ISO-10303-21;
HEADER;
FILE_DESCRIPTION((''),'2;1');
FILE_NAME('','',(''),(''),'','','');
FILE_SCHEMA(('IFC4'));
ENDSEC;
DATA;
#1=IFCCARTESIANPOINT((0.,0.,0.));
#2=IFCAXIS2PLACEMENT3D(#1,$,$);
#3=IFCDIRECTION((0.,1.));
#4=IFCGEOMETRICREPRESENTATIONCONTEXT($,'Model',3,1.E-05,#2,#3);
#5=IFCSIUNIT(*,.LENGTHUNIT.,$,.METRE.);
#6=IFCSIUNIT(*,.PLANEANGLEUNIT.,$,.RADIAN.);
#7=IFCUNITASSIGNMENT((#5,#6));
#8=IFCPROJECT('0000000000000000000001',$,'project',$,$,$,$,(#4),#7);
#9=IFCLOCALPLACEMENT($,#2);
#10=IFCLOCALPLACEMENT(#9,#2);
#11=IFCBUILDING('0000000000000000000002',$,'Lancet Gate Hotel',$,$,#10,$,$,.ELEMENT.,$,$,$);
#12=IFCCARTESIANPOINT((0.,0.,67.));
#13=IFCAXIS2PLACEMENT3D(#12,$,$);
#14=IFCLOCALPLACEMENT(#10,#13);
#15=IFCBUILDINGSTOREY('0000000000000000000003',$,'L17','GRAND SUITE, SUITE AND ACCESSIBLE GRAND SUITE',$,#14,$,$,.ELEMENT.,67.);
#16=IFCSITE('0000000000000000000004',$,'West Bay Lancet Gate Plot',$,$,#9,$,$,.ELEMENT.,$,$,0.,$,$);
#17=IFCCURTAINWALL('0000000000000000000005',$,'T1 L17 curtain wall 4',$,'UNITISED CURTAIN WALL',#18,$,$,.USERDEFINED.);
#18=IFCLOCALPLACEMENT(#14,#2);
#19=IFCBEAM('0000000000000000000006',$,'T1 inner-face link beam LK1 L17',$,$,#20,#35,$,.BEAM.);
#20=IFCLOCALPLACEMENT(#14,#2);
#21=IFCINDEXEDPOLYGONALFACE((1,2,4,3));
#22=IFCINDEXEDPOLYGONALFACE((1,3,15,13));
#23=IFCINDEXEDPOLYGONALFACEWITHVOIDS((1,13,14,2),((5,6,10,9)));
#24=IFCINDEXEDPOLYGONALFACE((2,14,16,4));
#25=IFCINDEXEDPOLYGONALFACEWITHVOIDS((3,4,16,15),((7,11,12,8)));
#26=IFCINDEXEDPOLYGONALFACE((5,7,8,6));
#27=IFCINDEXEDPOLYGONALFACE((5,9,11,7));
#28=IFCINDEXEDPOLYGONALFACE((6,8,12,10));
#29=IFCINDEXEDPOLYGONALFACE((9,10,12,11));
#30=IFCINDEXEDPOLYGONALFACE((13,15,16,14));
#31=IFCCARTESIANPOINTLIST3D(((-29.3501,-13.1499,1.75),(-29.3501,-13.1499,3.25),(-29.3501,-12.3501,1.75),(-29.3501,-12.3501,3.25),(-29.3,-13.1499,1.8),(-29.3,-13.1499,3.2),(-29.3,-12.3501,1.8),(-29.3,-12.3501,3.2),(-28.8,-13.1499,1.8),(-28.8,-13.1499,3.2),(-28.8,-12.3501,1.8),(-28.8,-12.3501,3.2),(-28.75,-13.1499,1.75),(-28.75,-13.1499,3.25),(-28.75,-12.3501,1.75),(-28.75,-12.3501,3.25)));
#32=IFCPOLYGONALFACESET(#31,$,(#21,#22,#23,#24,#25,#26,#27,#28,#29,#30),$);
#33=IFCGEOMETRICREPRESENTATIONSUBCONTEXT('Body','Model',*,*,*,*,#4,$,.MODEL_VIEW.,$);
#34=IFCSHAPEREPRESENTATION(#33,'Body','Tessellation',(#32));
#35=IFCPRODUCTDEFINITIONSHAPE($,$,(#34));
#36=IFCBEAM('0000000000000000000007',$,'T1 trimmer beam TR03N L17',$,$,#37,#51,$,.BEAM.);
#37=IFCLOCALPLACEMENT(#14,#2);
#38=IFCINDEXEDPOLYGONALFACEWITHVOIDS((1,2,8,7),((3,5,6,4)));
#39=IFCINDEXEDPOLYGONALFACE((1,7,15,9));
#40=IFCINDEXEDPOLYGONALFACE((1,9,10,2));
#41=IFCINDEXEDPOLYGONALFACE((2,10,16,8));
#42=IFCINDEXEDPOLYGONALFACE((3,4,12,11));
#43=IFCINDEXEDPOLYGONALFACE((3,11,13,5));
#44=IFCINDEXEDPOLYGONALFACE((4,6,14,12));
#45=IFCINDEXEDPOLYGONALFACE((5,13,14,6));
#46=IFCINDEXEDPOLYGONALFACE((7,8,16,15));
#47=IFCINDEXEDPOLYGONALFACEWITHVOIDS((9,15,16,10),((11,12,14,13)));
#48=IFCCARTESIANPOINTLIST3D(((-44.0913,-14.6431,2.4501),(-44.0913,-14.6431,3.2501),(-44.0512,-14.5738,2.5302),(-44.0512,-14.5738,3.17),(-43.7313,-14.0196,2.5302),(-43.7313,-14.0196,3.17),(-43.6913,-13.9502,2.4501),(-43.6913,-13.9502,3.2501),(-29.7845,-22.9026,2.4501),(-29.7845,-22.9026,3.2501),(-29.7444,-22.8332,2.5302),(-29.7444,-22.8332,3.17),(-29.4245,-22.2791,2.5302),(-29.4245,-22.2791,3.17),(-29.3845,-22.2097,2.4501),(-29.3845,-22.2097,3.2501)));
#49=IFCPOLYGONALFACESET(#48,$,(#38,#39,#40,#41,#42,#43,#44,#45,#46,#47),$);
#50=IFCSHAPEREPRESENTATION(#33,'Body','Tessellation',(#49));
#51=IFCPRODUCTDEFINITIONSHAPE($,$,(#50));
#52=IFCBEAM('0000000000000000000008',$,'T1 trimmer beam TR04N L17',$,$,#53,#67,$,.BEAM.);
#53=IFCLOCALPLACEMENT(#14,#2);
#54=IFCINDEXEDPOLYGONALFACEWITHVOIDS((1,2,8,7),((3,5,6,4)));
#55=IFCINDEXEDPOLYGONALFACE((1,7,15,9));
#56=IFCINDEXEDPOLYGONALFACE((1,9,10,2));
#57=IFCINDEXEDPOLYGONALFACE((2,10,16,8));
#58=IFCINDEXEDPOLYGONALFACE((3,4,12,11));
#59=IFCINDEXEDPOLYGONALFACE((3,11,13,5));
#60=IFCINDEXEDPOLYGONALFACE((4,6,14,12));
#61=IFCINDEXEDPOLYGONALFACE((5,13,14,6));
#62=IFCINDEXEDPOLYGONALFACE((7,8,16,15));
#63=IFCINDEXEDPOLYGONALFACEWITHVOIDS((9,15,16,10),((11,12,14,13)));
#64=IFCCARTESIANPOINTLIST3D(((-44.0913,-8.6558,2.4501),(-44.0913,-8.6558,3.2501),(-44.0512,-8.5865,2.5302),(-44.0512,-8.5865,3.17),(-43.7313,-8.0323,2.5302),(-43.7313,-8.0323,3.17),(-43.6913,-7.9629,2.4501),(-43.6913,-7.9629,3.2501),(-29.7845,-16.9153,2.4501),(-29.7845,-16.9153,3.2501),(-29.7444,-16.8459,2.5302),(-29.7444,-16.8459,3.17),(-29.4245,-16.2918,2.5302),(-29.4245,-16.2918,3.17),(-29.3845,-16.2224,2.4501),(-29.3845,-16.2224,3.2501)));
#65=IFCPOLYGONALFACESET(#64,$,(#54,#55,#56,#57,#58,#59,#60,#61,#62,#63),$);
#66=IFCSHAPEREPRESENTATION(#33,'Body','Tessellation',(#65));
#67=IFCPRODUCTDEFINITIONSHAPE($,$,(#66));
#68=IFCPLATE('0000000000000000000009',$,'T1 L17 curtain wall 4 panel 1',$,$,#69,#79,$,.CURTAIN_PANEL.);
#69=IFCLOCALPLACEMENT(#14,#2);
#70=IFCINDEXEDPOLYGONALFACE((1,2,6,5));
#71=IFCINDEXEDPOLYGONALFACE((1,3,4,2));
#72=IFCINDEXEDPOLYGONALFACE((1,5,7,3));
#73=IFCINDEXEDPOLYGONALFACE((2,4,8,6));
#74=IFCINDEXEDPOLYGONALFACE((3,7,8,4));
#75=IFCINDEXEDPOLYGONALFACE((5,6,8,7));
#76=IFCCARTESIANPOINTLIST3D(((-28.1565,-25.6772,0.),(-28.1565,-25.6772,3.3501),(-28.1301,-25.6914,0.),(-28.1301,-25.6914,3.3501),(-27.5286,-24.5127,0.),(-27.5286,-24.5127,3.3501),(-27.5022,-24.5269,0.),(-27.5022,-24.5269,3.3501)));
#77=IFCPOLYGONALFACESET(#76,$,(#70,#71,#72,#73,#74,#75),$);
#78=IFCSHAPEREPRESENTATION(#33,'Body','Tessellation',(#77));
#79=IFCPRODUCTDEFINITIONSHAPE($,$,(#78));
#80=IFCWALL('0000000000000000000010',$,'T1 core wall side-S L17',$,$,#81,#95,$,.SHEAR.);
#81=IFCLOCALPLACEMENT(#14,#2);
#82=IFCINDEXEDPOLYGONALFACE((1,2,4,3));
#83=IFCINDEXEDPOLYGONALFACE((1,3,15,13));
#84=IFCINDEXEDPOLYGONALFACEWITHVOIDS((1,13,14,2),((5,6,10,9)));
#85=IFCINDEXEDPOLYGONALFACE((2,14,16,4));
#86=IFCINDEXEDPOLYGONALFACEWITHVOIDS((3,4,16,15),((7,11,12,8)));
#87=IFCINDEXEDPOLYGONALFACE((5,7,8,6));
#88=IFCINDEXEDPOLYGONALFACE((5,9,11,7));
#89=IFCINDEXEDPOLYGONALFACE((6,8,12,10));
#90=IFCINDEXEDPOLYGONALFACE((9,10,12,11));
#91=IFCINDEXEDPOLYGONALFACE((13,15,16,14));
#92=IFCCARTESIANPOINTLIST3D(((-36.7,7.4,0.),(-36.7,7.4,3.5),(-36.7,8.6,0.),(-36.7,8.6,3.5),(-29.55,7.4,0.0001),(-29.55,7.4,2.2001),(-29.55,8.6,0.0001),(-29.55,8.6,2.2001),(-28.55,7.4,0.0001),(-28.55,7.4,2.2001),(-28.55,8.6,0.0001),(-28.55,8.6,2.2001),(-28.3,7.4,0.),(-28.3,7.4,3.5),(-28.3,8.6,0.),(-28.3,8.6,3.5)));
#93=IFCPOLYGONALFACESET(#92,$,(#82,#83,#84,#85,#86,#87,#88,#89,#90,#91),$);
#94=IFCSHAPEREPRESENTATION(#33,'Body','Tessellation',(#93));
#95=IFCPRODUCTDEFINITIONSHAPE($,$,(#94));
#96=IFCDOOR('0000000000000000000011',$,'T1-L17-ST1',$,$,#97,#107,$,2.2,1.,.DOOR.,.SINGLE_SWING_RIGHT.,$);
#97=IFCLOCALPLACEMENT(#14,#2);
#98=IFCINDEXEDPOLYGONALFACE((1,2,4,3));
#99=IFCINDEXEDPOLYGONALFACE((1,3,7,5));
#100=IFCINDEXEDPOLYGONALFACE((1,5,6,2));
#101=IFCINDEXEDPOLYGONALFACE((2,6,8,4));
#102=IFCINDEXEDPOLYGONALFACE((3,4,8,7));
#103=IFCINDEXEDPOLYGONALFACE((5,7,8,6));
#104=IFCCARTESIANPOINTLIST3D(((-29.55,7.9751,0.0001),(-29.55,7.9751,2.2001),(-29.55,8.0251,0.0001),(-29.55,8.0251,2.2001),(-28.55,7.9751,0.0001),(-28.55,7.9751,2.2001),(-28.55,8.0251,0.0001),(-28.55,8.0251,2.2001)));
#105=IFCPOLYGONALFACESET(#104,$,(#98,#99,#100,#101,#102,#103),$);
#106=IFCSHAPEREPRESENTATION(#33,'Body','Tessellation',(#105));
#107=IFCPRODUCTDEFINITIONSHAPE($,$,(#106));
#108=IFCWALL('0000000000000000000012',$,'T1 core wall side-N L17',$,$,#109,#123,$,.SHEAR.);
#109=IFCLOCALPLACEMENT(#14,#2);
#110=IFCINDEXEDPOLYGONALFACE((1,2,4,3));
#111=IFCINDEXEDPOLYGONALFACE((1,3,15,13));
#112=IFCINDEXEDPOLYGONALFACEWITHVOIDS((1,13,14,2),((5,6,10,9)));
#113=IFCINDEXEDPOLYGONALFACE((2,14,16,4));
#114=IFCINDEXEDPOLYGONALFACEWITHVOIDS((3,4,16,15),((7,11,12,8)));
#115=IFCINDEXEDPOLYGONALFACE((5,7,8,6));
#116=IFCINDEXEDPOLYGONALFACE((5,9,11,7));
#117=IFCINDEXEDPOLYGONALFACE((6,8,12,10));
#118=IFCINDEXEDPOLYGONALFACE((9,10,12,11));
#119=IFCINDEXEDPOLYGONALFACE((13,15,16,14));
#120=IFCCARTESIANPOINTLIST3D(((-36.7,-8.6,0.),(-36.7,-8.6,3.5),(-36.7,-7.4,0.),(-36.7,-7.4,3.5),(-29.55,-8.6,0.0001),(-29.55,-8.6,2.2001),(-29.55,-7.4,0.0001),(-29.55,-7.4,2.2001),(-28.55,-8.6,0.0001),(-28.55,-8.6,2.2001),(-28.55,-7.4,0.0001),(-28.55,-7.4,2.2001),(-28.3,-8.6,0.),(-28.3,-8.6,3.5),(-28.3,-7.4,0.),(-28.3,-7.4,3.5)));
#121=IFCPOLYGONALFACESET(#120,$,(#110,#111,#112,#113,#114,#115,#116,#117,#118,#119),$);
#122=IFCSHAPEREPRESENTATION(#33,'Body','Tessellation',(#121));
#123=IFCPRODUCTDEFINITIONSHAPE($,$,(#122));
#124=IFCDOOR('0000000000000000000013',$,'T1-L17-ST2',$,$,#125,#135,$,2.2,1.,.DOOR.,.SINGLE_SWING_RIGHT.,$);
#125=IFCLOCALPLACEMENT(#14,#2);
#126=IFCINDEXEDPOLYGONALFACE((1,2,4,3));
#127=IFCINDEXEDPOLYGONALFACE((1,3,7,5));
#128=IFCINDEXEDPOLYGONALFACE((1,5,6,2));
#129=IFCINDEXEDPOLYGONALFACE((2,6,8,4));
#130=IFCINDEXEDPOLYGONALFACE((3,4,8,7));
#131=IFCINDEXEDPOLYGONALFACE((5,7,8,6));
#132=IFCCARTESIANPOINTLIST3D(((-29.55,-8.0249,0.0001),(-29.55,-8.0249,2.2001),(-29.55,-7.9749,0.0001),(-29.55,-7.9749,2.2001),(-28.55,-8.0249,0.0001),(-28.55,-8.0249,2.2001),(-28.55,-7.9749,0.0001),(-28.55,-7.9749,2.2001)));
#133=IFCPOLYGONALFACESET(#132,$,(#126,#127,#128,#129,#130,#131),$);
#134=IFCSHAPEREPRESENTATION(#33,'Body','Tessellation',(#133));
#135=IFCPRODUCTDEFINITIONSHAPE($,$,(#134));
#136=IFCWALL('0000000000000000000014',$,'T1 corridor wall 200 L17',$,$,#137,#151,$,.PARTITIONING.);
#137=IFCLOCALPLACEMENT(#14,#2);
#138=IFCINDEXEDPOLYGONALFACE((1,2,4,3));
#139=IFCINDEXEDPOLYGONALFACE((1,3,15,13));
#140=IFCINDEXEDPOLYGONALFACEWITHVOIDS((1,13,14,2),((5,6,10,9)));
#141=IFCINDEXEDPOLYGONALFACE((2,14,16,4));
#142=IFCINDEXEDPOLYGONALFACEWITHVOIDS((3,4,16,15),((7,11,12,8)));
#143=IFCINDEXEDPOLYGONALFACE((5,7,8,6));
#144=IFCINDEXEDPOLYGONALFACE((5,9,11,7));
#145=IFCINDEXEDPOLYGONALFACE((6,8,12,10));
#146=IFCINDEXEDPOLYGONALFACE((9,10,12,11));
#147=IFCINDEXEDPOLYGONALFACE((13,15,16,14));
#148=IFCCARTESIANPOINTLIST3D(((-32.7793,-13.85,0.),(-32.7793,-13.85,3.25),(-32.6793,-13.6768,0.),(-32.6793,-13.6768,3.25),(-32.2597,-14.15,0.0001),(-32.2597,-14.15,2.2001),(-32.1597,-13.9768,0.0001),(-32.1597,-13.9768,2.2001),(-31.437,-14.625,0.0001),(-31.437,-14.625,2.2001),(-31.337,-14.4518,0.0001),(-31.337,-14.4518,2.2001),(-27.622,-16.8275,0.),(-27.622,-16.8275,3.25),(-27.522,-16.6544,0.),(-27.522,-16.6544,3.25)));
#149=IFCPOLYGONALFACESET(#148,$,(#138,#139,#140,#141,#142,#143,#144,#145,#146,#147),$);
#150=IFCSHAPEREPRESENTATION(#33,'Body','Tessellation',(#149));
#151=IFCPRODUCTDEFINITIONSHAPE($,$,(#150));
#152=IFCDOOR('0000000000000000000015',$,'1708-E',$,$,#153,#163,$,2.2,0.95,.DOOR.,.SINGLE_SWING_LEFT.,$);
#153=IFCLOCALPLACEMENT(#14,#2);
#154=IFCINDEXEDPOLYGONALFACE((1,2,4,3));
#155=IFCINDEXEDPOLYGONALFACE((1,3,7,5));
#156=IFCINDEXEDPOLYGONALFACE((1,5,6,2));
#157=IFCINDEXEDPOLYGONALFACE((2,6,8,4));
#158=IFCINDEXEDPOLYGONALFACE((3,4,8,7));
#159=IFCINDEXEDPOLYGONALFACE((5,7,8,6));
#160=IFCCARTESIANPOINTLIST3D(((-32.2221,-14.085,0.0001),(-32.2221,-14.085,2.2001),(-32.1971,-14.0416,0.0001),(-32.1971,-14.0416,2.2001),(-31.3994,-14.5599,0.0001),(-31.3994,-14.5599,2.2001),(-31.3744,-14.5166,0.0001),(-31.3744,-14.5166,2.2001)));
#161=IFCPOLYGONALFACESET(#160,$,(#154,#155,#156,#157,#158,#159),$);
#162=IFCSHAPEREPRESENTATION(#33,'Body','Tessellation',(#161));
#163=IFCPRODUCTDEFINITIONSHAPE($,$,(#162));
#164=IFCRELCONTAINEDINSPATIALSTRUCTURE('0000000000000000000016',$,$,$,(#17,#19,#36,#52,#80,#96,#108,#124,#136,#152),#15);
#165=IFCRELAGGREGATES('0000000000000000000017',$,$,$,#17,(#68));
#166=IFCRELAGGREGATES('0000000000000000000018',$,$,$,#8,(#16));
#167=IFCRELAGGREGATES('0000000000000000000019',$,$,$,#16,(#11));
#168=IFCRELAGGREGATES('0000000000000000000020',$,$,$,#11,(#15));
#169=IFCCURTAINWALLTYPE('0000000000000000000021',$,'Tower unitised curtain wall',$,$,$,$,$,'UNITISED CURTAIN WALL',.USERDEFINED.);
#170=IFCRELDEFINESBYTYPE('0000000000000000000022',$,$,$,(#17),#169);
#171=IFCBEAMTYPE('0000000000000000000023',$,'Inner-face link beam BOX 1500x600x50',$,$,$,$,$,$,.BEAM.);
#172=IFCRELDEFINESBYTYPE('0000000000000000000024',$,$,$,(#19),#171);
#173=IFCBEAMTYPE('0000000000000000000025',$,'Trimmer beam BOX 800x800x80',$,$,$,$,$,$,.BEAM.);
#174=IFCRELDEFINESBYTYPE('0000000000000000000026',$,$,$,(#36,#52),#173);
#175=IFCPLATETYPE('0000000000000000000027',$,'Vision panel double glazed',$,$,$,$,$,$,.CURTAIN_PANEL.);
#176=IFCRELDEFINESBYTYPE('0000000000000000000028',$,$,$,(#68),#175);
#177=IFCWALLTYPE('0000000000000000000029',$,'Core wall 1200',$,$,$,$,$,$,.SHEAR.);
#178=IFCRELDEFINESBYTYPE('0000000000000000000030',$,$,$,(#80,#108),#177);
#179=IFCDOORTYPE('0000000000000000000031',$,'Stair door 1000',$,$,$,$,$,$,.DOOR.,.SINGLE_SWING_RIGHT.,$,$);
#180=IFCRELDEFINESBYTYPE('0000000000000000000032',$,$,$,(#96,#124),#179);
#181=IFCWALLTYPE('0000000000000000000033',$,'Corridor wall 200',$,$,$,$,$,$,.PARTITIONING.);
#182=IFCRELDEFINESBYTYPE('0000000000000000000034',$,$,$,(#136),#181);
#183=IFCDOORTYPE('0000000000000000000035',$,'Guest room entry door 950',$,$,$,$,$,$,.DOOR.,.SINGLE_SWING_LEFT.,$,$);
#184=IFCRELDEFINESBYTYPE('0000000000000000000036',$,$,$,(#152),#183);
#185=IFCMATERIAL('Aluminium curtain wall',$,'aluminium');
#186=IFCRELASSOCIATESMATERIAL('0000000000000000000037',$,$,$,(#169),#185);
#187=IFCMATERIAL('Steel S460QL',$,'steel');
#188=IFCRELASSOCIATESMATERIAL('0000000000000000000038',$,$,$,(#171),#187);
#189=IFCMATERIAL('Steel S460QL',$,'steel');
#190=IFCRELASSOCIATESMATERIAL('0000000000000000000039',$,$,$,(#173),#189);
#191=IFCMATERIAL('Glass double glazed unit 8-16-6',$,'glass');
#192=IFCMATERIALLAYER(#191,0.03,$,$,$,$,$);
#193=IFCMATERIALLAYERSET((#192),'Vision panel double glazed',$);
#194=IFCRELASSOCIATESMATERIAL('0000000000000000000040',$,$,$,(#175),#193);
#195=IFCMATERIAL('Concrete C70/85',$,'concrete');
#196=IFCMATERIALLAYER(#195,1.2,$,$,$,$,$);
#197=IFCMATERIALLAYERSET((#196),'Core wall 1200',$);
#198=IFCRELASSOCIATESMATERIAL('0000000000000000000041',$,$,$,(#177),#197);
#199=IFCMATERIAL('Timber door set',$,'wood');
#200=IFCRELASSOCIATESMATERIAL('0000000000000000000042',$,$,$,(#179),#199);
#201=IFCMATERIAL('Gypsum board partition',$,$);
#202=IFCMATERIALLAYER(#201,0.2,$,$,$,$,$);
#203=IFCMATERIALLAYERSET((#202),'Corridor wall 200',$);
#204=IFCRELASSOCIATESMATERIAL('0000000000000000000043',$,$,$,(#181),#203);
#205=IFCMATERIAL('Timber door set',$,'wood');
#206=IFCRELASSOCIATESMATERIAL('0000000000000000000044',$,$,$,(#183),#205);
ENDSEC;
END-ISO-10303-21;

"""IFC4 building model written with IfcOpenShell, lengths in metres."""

from ifc_helpers import new_model, si_unit, direction, frame, frame_2d, origin, origin_2d, place, context, subcontext, project, spatial, rectangle, hollow_rectangle, extrude, material, layer, layer_set, material_profile, profile_set, type_object, element, fill, aggregate, save


model = new_model("IFC4")

# Units and contexts
model_context = context("Model", 3, precision=1e-05, world=origin(), true_north=direction((0.0, 1.0)))
body_context = subcontext(model_context, "Body", "Model", "MODEL_VIEW")
ifc_project = project(units=[si_unit("LENGTHUNIT", "METRE"), si_unit("PLANEANGLEUNIT", "RADIAN")], contexts=[model_context])

# Site, building, storey
site_placement = place(None, origin())
site = spatial("IfcSite", under=ifc_project, at=site_placement, Name="West Bay Lancet Gate Plot", CompositionType="ELEMENT", RefElevation=0.0)
building_placement = place(site_placement, origin())
building = spatial("IfcBuilding", under=site, at=building_placement, Name="Lancet Gate Hotel", CompositionType="ELEMENT")
storey_placement = place(building_placement, frame((0.0, 0.0, 67.0)))
storey = spatial("IfcBuildingStorey", under=building, at=storey_placement, Name="L17", Description="GRAND SUITE, SUITE AND ACCESSIBLE GRAND SUITE", CompositionType="ELEMENT", Elevation=67.0)

# Shared definitions
ifc_material_1 = material(Name="Aluminium curtain wall", Category="aluminium")
curtain_wall_type = type_object("IfcCurtainWallType", Name="Tower unitised curtain wall", ElementType="UNITISED CURTAIN WALL", PredefinedType="USERDEFINED", material=ifc_material_1)

# Curtain wall
curtain_wall_1_placement = place(storey_placement, origin())
curtain_wall_1 = element("IfcCurtainWall", 1, at=curtain_wall_1_placement, inside=storey, type_object=curtain_wall_type, Name="T1 L17 curtain wall 4", ObjectType="UNITISED CURTAIN WALL", PredefinedType="USERDEFINED")

# Beams
ifc_material_2 = material(Name="Steel S460QL", Category="steel")
ifc_material_profile_1 = material_profile(ifc_material_2, hollow_rectangle(XDim=0.6001, YDim=1.5, WallThickness=0.05, at=origin_2d()), Name="BOX 1500x600x50")
ifc_profile_set_1 = profile_set([ifc_material_profile_1], Name="Steel S460QL")
beam_type_1 = type_object("IfcBeamType", Name="Inner-face link beam BOX 1500x600x50", PredefinedType="BEAM", material=ifc_profile_set_1)
beam_1_placement = place(storey_placement, frame((-29.05, -12.3501, 2.5), z_axis=(0.0, -1.0, 0.0), x_axis=(1.0, 0.0, 0.0)))
element("IfcBeam", 2, at=beam_1_placement, inside=storey, type_object=beam_type_1, Name="T1 inner-face link beam LK1 L17", PredefinedType="BEAM", context=body_context, shape_type="SweptSolid", body=[
    extrude(hollow_rectangle(XDim=0.6001, YDim=1.5, WallThickness=0.05, at=origin_2d()), origin(), (0.0, 0.0, 1.0), 0.7998),
])
ifc_material_3 = material(Name="Steel S460QL", Category="steel")
ifc_material_profile_2 = material_profile(ifc_material_3, hollow_rectangle(XDim=0.8, YDim=0.8, WallThickness=0.0801, at=origin_2d()), Name="BOX 800x800x80")
ifc_profile_set_2 = profile_set([ifc_material_profile_2], Name="Steel S460QL")
beam_type_2 = type_object("IfcBeamType", Name="Trimmer beam BOX 800x800x80", PredefinedType="BEAM", material=ifc_profile_set_2)
for number, where, z_axis, x_axis, name in (
    (3, (-29.5845, -22.5562, 2.8501), (-0.86604, 0.499974, 0.0), (-0.499974, -0.86604, 0.0), "T1 trimmer beam TR03N L17"),
    (4, (-29.5845, -16.5688, 2.8501), (-0.86604, 0.499974, 0.0), (-0.499974, -0.86604, 0.0), "T1 trimmer beam TR04N L17"),
):
    element("IfcBeam", number, at=place(storey_placement, frame(where, z_axis=z_axis, x_axis=x_axis)), inside=storey, type_object=beam_type_2, Name=name, PredefinedType="BEAM", context=body_context, shape_type="SweptSolid", body=[
        extrude(hollow_rectangle(XDim=0.8, YDim=0.8, WallThickness=0.0801, at=origin_2d()), origin(), (0.0, 0.0, 1.0), 16.5198),
    ])

# Plate
ifc_material_4 = material(Name="Glass double glazed unit 8-16-6", Category="glass")
ifc_layer_1 = layer(ifc_material_4, 0.03)
ifc_layer_set_1 = layer_set([ifc_layer_1], Name="Vision panel double glazed")
plate_type = type_object("IfcPlateType", Name="Vision panel double glazed", PredefinedType="CURTAIN_PANEL", material=ifc_layer_set_1)
plate_placement = place(storey_placement, frame((-27.8293, -25.1021, 0.0), z_axis=(0.0, 0.0, 1.0), x_axis=(0.474631, 0.880185, 0.0)))
plate = element("IfcPlate", 5, at=plate_placement, type_object=plate_type, Name="T1 L17 curtain wall 4 panel 1", PredefinedType="CURTAIN_PANEL", context=body_context, shape_type="SweptSolid", body=[
    extrude(rectangle(XDim=1.323, YDim=0.03, at=origin_2d()), origin(), (0.0, 0.0, 1.0), 3.3501),
])
aggregate(curtain_wall_1, [plate])

# Walls, openings, doors
ifc_material_5 = material(Name="Concrete C70/85", Category="concrete")
ifc_layer_2 = layer(ifc_material_5, 1.2)
ifc_layer_set_2 = layer_set([ifc_layer_2], Name="Core wall 1200")
wall_type_1 = type_object("IfcWallType", Name="Core wall 1200", PredefinedType="SHEAR", material=ifc_layer_set_2)
wall_1_placement = place(storey_placement, frame((-28.3, 8.0, 0.0), z_axis=(0.0, 0.0, 1.0), x_axis=(-1.0, 0.0, 0.0)))
wall_1 = element("IfcWall", 6, at=wall_1_placement, inside=storey, type_object=wall_type_1, Name="T1 core wall side-S L17", PredefinedType="SHEAR", context=body_context, shape_type="SweptSolid", body=[
    extrude(rectangle(XDim=8.3999, YDim=1.2, at=frame_2d((4.2, 0.0))), origin(), (0.0, 0.0, 1.0), 3.5),
])
opening_1_placement = place(wall_1_placement, frame((0.25, 0.0, 0.0)))
opening_1 = element("IfcOpeningElement", 7, at=opening_1_placement, cuts=wall_1, PredefinedType="OPENING", context=body_context, shape_type="SweptSolid", body=[
    extrude(rectangle(XDim=1.0, YDim=2.2, at=frame_2d((0.5, 1.1001))), frame((0.0, 0.6099, 0.0), z_axis=(0.0, -1.0, 0.0), x_axis=(1.0, 0.0, 0.0)), (0.0, 0.0, 1.0), 1.22),
])
ifc_material_6 = material(Name="Timber door set", Category="wood")
door_type_1 = type_object("IfcDoorType", Name="Stair door 1000", OperationType="SINGLE_SWING_RIGHT", PredefinedType="DOOR", material=ifc_material_6)
door_1_placement = place(opening_1_placement, origin())
door_1 = element("IfcDoor", 8, at=door_1_placement, inside=storey, type_object=door_type_1, Name="T1-L17-ST1", OperationType="SINGLE_SWING_RIGHT", OverallHeight=2.2, OverallWidth=1.0, PredefinedType="DOOR", context=body_context, shape_type="SweptSolid", body=[
    extrude(rectangle(XDim=1.0, YDim=2.2, at=frame_2d((0.5, 1.1001))), frame((0.0, 0.0249, 0.0), z_axis=(0.0, -1.0, 0.0), x_axis=(1.0, 0.0, 0.0)), (0.0, 0.0, 1.0), 0.05),
])
fill(opening_1, door_1)
wall_2_placement = place(storey_placement, frame((-28.3, -8.0, 0.0), z_axis=(0.0, 0.0, 1.0), x_axis=(-1.0, 0.0, 0.0)))
wall_2 = element("IfcWall", 9, at=wall_2_placement, inside=storey, type_object=wall_type_1, Name="T1 core wall side-N L17", PredefinedType="SHEAR", context=body_context, shape_type="SweptSolid", body=[
    extrude(rectangle(XDim=8.3999, YDim=1.2, at=frame_2d((4.2, 0.0))), origin(), (0.0, 0.0, 1.0), 3.5),
])
opening_2_placement = place(wall_2_placement, frame((0.25, 0.0, 0.0)))
opening_2 = element("IfcOpeningElement", 10, at=opening_2_placement, cuts=wall_2, PredefinedType="OPENING", context=body_context, shape_type="SweptSolid", body=[
    extrude(rectangle(XDim=1.0, YDim=2.2, at=frame_2d((0.5, 1.1001))), frame((0.0, 0.6099, 0.0), z_axis=(0.0, -1.0, 0.0), x_axis=(1.0, 0.0, 0.0)), (0.0, 0.0, 1.0), 1.22),
])
door_2_placement = place(opening_2_placement, origin())
door_2 = element("IfcDoor", 11, at=door_2_placement, inside=storey, type_object=door_type_1, Name="T1-L17-ST2", OperationType="SINGLE_SWING_RIGHT", OverallHeight=2.2, OverallWidth=1.0, PredefinedType="DOOR", context=body_context, shape_type="SweptSolid", body=[
    extrude(rectangle(XDim=1.0, YDim=2.2, at=frame_2d((0.5, 1.1001))), frame((0.0, 0.0249, 0.0), z_axis=(0.0, -1.0, 0.0), x_axis=(1.0, 0.0, 0.0)), (0.0, 0.0, 1.0), 0.05),
])
fill(opening_2, door_2)
ifc_material_7 = material(Name="Gypsum board partition")
ifc_layer_3 = layer(ifc_material_7, 0.2)
ifc_layer_set_3 = layer_set([ifc_layer_3], Name="Corridor wall 200")
wall_type_2 = type_object("IfcWallType", Name="Corridor wall 200", PredefinedType="PARTITIONING", material=ifc_layer_set_3)
wall_3_placement = place(storey_placement, frame((-27.572, -16.741, 0.0), z_axis=(0.0, 0.0, 1.0), x_axis=(-0.866024, 0.500002, 0.0)))
wall_3 = element("IfcWall", 12, at=wall_3_placement, inside=storey, type_object=wall_type_2, Name="T1 corridor wall 200 L17", PredefinedType="PARTITIONING", context=body_context, shape_type="SweptSolid", body=[
    extrude(rectangle(XDim=5.9551, YDim=0.2, at=frame_2d((2.9775, 0.0))), origin(), (0.0, 0.0, 1.0), 3.25),
])
opening_3_placement = place(wall_3_placement, frame((4.405, 0.0, 0.0)))
opening_3 = element("IfcOpeningElement", 13, at=opening_3_placement, cuts=wall_3, PredefinedType="OPENING", context=body_context, shape_type="SweptSolid", body=[
    extrude(rectangle(XDim=0.95, YDim=2.2, at=frame_2d((0.4751, 1.1001))), frame((0.0, 0.1099, 0.0), z_axis=(0.0, -1.0, 0.0), x_axis=(1.0, 0.0, 0.0)), (0.0, 0.0, 1.0), 0.22),
])
ifc_material_8 = material(Name="Timber door set", Category="wood")
door_type_2 = type_object("IfcDoorType", Name="Guest room entry door 950", OperationType="SINGLE_SWING_LEFT", PredefinedType="DOOR", material=ifc_material_8)
door_3_placement = place(opening_3_placement, origin())
door_3 = element("IfcDoor", 14, at=door_3_placement, inside=storey, type_object=door_type_2, Name="1708-E", OperationType="SINGLE_SWING_LEFT", OverallHeight=2.2, OverallWidth=0.95, PredefinedType="DOOR", context=body_context, shape_type="SweptSolid", body=[
    extrude(rectangle(XDim=0.95, YDim=2.2, at=frame_2d((0.4751, 1.1001))), frame((0.0, 0.0249, 0.0), z_axis=(0.0, -1.0, 0.0), x_axis=(1.0, 0.0, 0.0)), (0.0, 0.0, 1.0), 0.05),
])
fill(opening_3, door_3)

save(model, "model.ifc")
